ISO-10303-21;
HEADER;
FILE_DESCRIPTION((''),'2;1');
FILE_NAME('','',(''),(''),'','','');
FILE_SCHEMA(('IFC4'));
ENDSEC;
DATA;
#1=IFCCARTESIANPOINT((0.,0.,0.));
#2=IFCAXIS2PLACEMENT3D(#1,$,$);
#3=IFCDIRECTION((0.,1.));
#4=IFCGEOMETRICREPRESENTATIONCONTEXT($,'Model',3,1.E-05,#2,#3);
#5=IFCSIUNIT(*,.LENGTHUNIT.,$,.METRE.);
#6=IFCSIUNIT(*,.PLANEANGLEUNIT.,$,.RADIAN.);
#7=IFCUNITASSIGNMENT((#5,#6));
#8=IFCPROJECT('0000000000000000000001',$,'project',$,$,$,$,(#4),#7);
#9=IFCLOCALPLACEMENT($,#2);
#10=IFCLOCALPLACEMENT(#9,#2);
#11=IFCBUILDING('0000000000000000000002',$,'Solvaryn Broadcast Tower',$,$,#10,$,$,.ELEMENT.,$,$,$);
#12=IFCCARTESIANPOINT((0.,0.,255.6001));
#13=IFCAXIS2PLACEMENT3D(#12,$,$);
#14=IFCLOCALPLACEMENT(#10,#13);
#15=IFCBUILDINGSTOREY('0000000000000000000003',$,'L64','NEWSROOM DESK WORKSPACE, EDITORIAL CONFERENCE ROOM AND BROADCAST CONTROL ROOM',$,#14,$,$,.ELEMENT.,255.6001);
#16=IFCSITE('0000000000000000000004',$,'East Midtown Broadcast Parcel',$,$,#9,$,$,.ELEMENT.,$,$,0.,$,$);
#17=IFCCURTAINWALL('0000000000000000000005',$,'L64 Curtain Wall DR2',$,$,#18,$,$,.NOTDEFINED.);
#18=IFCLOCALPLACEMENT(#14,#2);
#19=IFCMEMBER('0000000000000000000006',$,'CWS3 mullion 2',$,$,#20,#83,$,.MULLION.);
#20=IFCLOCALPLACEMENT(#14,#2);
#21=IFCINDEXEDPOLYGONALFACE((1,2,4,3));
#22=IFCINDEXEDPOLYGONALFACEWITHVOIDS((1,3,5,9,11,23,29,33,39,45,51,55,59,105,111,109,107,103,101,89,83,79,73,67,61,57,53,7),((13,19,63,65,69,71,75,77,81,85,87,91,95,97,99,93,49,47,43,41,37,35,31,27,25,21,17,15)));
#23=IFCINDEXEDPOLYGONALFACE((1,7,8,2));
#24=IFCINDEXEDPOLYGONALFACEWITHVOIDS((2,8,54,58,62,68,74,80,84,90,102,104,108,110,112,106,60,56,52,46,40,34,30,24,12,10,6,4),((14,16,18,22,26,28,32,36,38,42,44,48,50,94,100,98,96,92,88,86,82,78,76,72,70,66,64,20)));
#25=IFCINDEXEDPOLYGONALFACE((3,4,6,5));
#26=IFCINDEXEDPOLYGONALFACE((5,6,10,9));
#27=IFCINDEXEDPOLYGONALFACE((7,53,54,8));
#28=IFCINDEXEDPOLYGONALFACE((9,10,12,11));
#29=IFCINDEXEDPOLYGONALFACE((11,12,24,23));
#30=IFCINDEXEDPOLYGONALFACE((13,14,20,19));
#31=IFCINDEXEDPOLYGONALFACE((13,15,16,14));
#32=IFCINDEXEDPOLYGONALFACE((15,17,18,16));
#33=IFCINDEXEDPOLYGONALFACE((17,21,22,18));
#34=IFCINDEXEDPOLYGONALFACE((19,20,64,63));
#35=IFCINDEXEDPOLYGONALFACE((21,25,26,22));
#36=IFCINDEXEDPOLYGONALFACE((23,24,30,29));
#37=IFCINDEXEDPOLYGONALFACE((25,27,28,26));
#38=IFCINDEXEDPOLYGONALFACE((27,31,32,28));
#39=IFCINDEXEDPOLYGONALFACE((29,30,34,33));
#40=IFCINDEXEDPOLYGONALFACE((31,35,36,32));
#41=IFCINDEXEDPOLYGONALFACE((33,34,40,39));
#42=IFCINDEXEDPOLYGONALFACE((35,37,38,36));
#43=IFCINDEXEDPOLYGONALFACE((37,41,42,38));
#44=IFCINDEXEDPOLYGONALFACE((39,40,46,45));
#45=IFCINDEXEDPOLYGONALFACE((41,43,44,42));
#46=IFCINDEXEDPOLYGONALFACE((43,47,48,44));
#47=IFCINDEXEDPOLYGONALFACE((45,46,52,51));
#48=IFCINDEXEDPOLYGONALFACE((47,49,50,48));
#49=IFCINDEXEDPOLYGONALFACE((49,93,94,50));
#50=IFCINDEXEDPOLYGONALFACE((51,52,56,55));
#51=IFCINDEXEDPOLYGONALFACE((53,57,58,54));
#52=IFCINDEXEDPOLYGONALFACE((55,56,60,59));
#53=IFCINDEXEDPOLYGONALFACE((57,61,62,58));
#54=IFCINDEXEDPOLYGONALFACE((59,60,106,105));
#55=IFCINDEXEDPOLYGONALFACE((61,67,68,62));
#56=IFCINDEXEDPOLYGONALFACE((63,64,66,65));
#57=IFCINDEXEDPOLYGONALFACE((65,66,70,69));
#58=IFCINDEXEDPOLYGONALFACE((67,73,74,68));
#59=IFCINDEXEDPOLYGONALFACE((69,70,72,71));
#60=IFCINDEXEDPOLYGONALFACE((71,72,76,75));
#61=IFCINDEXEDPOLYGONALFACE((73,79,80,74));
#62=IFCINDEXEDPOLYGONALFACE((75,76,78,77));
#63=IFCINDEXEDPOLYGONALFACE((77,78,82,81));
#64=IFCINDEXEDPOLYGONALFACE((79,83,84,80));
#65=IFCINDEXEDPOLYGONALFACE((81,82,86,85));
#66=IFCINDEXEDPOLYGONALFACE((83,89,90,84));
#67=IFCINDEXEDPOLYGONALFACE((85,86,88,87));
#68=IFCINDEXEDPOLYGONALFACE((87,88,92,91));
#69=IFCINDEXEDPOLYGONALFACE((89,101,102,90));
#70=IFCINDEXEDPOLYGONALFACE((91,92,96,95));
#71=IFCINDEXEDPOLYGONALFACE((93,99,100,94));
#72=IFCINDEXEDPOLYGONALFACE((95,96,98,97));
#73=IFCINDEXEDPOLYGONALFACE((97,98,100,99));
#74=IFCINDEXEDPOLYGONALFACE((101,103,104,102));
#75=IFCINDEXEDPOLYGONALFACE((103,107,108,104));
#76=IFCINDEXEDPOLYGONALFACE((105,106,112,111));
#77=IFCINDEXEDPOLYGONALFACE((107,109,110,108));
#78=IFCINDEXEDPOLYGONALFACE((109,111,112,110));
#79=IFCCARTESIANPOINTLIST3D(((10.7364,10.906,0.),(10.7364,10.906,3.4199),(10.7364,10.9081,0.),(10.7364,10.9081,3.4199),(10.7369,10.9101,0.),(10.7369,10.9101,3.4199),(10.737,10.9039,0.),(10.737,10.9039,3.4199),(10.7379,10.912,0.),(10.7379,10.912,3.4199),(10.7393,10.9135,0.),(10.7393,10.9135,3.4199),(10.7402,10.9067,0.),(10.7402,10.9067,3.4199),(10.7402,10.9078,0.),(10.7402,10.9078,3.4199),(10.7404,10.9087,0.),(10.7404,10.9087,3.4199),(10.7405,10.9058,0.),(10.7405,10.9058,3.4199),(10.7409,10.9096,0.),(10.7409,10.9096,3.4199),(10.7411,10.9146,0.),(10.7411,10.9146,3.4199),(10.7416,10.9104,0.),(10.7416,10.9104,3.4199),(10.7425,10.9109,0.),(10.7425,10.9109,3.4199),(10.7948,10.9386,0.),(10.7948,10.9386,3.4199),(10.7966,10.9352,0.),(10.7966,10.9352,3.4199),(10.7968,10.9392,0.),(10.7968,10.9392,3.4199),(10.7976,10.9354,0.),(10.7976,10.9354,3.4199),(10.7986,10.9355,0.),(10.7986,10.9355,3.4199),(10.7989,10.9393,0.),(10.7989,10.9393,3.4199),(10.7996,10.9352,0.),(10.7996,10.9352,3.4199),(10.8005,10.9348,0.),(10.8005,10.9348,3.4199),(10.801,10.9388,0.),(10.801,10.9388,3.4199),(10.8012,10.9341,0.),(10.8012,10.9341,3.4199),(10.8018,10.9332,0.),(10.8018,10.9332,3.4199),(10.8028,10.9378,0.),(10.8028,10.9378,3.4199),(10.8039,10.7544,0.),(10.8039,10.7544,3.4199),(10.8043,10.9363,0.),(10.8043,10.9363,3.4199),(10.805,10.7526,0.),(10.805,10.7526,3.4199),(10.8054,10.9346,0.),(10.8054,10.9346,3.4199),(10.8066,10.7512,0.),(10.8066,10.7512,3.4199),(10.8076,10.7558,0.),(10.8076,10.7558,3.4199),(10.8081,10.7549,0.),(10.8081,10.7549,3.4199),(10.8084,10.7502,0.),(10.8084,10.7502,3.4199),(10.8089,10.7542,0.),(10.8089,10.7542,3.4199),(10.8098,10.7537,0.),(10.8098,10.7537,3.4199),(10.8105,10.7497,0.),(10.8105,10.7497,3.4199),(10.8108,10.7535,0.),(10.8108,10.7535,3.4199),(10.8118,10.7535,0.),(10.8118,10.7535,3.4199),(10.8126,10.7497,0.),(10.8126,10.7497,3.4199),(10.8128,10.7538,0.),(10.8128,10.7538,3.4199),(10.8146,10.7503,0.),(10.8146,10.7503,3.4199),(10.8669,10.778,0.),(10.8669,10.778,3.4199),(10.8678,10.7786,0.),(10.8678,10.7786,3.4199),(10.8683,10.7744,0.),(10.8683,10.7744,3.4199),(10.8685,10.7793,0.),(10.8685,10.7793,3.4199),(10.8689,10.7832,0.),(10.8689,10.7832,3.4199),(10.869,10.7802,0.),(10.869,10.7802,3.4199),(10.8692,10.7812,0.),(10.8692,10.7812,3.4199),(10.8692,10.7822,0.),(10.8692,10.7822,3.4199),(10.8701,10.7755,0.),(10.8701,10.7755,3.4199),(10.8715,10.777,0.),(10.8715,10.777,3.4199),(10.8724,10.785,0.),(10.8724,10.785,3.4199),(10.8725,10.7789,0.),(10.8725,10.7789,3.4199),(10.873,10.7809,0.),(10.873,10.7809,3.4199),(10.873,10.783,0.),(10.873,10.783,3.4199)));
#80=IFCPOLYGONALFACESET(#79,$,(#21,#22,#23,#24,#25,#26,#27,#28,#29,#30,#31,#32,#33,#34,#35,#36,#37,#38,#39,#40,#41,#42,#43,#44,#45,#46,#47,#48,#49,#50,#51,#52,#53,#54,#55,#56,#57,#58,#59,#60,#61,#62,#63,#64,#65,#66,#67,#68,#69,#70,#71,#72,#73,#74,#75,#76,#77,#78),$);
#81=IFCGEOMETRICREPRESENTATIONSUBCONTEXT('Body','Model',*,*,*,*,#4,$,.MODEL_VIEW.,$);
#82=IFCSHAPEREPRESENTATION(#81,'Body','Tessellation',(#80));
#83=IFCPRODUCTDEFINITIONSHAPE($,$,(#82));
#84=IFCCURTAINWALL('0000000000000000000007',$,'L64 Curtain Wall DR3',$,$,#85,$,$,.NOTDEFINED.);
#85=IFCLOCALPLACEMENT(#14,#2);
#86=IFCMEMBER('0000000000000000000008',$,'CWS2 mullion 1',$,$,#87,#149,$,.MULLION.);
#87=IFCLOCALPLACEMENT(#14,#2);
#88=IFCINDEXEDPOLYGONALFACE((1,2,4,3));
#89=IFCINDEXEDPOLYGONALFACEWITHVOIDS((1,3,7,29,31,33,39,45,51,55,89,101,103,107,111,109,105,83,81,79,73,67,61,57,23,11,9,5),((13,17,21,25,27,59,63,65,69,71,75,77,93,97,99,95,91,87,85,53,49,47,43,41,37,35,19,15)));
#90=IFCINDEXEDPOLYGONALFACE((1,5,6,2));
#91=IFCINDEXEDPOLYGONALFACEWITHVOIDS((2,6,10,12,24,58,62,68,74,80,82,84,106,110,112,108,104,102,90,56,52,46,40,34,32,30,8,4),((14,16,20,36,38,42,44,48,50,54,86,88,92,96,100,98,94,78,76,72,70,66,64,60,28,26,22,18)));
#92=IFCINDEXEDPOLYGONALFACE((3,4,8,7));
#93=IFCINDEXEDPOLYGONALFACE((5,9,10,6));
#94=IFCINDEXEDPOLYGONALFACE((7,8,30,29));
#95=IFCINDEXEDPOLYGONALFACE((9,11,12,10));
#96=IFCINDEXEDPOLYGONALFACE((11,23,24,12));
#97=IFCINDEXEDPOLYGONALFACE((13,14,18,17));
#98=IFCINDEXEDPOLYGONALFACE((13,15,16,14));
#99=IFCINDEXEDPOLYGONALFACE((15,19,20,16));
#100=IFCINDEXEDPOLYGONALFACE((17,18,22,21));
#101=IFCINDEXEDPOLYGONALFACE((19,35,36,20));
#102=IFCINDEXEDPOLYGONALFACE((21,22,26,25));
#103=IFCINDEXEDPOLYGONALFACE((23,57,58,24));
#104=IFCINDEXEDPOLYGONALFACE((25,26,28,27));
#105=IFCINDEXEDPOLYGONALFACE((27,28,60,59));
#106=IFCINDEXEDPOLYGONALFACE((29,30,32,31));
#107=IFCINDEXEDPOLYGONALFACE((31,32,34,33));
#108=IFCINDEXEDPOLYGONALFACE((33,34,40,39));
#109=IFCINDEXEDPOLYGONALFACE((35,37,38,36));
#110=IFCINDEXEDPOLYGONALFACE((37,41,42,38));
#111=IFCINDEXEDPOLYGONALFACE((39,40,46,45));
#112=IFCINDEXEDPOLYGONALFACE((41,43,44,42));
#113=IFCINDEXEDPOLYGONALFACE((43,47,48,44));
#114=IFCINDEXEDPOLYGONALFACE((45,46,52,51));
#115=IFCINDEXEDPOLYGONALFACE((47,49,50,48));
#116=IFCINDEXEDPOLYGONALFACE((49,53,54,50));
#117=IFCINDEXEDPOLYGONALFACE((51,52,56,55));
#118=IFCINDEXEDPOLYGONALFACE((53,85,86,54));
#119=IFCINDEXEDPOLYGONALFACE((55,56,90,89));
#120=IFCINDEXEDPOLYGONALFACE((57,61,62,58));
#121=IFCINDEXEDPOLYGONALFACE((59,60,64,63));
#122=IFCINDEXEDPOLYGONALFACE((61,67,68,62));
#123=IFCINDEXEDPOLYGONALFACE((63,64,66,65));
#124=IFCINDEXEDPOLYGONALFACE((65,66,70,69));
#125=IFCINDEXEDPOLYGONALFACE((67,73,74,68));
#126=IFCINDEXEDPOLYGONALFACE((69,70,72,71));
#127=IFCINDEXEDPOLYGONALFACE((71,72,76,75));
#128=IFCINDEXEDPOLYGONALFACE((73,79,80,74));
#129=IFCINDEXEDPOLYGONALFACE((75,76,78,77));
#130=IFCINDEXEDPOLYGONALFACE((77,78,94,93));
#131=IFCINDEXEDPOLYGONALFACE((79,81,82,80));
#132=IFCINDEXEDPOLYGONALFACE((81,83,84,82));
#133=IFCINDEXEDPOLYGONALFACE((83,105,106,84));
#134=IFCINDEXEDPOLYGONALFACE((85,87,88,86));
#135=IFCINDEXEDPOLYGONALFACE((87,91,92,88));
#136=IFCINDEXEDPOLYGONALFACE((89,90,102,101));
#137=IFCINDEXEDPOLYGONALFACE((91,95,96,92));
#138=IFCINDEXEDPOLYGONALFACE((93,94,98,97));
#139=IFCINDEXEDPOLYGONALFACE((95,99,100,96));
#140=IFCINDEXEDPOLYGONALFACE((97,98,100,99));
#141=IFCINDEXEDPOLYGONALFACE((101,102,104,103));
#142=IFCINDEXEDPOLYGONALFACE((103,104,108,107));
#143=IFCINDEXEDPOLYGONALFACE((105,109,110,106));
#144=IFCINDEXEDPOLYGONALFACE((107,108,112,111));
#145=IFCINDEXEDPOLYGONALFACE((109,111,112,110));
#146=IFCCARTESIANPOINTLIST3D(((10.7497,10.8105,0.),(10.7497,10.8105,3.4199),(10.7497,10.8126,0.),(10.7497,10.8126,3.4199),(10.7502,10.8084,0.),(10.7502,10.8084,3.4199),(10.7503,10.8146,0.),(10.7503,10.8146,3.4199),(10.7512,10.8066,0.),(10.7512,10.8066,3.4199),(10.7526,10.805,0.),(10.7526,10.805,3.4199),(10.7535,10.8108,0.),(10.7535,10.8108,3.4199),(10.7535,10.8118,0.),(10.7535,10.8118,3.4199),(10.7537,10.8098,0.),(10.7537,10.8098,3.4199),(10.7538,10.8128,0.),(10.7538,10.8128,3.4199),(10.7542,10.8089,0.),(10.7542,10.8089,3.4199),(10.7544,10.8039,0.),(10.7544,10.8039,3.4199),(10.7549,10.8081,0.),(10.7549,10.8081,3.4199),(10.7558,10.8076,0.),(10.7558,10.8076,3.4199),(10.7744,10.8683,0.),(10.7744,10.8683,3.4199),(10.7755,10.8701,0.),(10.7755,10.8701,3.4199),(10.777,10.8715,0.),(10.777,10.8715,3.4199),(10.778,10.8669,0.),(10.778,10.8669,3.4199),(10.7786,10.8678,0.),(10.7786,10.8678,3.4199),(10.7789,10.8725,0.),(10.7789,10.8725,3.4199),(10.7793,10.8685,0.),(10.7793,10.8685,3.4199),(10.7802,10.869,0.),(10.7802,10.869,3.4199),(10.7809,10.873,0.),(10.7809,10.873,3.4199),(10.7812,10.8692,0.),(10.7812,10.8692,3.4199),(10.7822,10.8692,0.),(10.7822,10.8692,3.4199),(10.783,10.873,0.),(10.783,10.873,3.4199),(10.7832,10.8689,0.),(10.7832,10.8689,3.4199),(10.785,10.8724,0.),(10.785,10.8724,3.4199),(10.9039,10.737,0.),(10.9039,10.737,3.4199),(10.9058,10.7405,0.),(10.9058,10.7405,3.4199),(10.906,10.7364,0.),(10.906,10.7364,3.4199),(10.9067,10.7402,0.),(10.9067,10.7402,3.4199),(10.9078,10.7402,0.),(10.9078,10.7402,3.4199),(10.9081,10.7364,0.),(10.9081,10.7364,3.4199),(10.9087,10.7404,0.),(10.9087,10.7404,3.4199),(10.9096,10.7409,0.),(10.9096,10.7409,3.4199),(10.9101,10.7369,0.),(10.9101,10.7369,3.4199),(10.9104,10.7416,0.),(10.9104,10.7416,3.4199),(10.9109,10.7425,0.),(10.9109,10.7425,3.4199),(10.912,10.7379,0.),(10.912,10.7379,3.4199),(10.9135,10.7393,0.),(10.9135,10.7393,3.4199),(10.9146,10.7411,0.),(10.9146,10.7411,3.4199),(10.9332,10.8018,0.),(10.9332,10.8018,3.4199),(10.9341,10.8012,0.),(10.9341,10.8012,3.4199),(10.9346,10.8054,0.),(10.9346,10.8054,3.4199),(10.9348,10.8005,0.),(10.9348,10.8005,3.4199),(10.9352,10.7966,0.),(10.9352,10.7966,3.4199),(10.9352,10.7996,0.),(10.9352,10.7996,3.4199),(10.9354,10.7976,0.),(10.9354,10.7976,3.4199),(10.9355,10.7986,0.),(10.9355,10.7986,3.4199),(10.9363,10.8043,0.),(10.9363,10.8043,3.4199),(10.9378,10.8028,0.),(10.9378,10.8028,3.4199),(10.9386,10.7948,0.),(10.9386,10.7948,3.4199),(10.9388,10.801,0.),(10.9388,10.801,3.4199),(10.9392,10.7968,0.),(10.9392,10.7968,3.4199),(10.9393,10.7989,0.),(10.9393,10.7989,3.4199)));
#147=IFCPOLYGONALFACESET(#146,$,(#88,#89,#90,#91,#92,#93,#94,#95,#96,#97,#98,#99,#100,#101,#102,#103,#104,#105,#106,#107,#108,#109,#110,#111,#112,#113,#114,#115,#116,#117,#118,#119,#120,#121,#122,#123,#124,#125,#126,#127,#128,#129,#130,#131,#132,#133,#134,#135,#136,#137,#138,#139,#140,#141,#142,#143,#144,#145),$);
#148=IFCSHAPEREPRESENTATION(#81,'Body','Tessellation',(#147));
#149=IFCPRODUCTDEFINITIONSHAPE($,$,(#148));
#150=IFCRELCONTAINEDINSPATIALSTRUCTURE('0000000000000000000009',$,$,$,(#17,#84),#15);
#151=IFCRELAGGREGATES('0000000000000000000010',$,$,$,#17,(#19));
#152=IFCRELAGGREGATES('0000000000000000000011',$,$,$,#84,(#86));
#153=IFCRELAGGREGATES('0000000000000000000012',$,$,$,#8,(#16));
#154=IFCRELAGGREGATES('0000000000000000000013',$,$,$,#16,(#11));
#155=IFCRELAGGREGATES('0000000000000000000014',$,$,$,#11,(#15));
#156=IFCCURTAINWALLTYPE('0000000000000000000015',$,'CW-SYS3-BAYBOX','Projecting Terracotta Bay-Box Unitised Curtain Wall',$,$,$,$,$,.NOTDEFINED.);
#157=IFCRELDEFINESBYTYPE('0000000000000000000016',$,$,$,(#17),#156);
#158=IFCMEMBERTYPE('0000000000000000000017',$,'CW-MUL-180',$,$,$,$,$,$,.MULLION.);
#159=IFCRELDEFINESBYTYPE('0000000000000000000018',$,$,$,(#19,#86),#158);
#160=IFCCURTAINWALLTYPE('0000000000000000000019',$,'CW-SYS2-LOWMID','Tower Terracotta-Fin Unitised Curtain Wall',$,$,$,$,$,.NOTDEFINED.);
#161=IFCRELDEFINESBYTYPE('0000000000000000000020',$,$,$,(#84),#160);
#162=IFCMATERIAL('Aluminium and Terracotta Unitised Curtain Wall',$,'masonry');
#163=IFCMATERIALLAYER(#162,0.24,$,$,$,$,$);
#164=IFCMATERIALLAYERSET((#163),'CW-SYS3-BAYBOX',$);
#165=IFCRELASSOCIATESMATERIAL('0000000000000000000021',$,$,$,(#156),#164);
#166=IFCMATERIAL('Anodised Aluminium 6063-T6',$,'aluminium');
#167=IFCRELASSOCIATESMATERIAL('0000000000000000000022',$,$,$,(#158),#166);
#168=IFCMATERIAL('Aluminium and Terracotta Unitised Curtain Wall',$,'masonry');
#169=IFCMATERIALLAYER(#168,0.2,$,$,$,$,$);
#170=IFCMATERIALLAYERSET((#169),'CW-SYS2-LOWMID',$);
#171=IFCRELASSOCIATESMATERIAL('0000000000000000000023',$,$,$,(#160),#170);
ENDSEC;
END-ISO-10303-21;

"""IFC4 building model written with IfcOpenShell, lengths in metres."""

from ifc_helpers import new_model, si_unit, direction, frame, origin, origin_2d, place, context, subcontext, project, spatial, hollow_rectangle, extrude, material, layer, layer_set, material_profile, profile_set, type_object, element, aggregate, save


model = new_model("IFC4")

# Units and contexts
model_context = context("Model", 3, precision=1e-05, world=origin(), true_north=direction((0.0, 1.0)))
body_context = subcontext(model_context, "Body", "Model", "MODEL_VIEW")
ifc_project = project(units=[si_unit("LENGTHUNIT", "METRE"), si_unit("PLANEANGLEUNIT", "RADIAN")], contexts=[model_context])

# Site, building, storey
site_placement = place(None, origin())
site = spatial("IfcSite", under=ifc_project, at=site_placement, Name="East Midtown Broadcast Parcel", CompositionType="ELEMENT", RefElevation=0.0)
building_placement = place(site_placement, origin())
building = spatial("IfcBuilding", under=site, at=building_placement, Name="Solvaryn Broadcast Tower", CompositionType="ELEMENT")
storey_placement = place(building_placement, frame((0.0, 0.0, 255.6001)))
storey = spatial("IfcBuildingStorey", under=building, at=storey_placement, Name="L64", Description="NEWSROOM DESK WORKSPACE, EDITORIAL CONFERENCE ROOM AND BROADCAST CONTROL ROOM", CompositionType="ELEMENT", Elevation=255.6001)

# Curtain wall, member
ifc_material_1 = material(Name="Aluminium and Terracotta Unitised Curtain Wall", Category="masonry")
ifc_layer_1 = layer(ifc_material_1, 0.24)
ifc_layer_set_1 = layer_set([ifc_layer_1], Name="CW-SYS3-BAYBOX")
curtain_wall_type_1 = type_object("IfcCurtainWallType", Name="CW-SYS3-BAYBOX", Description="Projecting Terracotta Bay-Box Unitised Curtain Wall", PredefinedType="NOTDEFINED", material=ifc_layer_set_1)
curtain_wall_1_placement = place(storey_placement, origin())
curtain_wall_1 = element("IfcCurtainWall", 1, at=curtain_wall_1_placement, inside=storey, type_object=curtain_wall_type_1, Name="L64 Curtain Wall DR2", PredefinedType="NOTDEFINED")
ifc_material_2 = material(Name="Anodised Aluminium 6063-T6", Category="aluminium")
ifc_material_profile_1 = material_profile(ifc_material_2, hollow_rectangle(XDim=0.075, YDim=0.1799, WallThickness=0.0039, InnerFilletRadius=0.0039, OuterFilletRadius=0.0081, at=origin_2d()))
ifc_profile_set_1 = profile_set([ifc_material_profile_1], Name="Anodised Aluminium 6063-T6")
member_type_1 = type_object("IfcMemberType", Name="CW-MUL-180", PredefinedType="MULLION", material=ifc_profile_set_1)
member_1_placement = place(storey_placement, frame((10.8047, 10.8445, 0.0), z_axis=(0.0, 0.0, 1.0), x_axis=(0.912774, 0.408466, 0.0)))
member_1 = element("IfcMember", 2, at=member_1_placement, type_object=member_type_1, Name="CWS3 mullion 2", PredefinedType="MULLION", context=body_context, shape_type="SweptSolid", body=[
    extrude(hollow_rectangle(XDim=0.075, YDim=0.1799, WallThickness=0.0039, InnerFilletRadius=0.0039, OuterFilletRadius=0.0081, at=origin_2d()), origin(), (0.0, 0.0, 1.0), 3.4199),
])
aggregate(curtain_wall_1, [member_1])

# Curtain wall, member
ifc_material_3 = material(Name="Aluminium and Terracotta Unitised Curtain Wall", Category="masonry")
ifc_layer_2 = layer(ifc_material_3, 0.2)
ifc_layer_set_2 = layer_set([ifc_layer_2], Name="CW-SYS2-LOWMID")
curtain_wall_type_2 = type_object("IfcCurtainWallType", Name="CW-SYS2-LOWMID", Description="Tower Terracotta-Fin Unitised Curtain Wall", PredefinedType="NOTDEFINED", material=ifc_layer_set_2)
curtain_wall_2_placement = place(storey_placement, origin())
curtain_wall_2 = element("IfcCurtainWall", 3, at=curtain_wall_2_placement, inside=storey, type_object=curtain_wall_type_2, Name="L64 Curtain Wall DR3", PredefinedType="NOTDEFINED")
member_2_placement = place(storey_placement, frame((10.8445, 10.8047, 0.0), z_axis=(0.0, 0.0, 1.0), x_axis=(0.408466, 0.912774, 0.0)))
member_2 = element("IfcMember", 4, at=member_2_placement, type_object=member_type_1, Name="CWS2 mullion 1", PredefinedType="MULLION", context=body_context, shape_type="SweptSolid", body=[
    extrude(hollow_rectangle(XDim=0.075, YDim=0.1799, WallThickness=0.0039, InnerFilletRadius=0.0039, OuterFilletRadius=0.0081, at=origin_2d()), origin(), (0.0, 0.0, 1.0), 3.4199),
])
aggregate(curtain_wall_2, [member_2])

save(model, "model.ifc")
